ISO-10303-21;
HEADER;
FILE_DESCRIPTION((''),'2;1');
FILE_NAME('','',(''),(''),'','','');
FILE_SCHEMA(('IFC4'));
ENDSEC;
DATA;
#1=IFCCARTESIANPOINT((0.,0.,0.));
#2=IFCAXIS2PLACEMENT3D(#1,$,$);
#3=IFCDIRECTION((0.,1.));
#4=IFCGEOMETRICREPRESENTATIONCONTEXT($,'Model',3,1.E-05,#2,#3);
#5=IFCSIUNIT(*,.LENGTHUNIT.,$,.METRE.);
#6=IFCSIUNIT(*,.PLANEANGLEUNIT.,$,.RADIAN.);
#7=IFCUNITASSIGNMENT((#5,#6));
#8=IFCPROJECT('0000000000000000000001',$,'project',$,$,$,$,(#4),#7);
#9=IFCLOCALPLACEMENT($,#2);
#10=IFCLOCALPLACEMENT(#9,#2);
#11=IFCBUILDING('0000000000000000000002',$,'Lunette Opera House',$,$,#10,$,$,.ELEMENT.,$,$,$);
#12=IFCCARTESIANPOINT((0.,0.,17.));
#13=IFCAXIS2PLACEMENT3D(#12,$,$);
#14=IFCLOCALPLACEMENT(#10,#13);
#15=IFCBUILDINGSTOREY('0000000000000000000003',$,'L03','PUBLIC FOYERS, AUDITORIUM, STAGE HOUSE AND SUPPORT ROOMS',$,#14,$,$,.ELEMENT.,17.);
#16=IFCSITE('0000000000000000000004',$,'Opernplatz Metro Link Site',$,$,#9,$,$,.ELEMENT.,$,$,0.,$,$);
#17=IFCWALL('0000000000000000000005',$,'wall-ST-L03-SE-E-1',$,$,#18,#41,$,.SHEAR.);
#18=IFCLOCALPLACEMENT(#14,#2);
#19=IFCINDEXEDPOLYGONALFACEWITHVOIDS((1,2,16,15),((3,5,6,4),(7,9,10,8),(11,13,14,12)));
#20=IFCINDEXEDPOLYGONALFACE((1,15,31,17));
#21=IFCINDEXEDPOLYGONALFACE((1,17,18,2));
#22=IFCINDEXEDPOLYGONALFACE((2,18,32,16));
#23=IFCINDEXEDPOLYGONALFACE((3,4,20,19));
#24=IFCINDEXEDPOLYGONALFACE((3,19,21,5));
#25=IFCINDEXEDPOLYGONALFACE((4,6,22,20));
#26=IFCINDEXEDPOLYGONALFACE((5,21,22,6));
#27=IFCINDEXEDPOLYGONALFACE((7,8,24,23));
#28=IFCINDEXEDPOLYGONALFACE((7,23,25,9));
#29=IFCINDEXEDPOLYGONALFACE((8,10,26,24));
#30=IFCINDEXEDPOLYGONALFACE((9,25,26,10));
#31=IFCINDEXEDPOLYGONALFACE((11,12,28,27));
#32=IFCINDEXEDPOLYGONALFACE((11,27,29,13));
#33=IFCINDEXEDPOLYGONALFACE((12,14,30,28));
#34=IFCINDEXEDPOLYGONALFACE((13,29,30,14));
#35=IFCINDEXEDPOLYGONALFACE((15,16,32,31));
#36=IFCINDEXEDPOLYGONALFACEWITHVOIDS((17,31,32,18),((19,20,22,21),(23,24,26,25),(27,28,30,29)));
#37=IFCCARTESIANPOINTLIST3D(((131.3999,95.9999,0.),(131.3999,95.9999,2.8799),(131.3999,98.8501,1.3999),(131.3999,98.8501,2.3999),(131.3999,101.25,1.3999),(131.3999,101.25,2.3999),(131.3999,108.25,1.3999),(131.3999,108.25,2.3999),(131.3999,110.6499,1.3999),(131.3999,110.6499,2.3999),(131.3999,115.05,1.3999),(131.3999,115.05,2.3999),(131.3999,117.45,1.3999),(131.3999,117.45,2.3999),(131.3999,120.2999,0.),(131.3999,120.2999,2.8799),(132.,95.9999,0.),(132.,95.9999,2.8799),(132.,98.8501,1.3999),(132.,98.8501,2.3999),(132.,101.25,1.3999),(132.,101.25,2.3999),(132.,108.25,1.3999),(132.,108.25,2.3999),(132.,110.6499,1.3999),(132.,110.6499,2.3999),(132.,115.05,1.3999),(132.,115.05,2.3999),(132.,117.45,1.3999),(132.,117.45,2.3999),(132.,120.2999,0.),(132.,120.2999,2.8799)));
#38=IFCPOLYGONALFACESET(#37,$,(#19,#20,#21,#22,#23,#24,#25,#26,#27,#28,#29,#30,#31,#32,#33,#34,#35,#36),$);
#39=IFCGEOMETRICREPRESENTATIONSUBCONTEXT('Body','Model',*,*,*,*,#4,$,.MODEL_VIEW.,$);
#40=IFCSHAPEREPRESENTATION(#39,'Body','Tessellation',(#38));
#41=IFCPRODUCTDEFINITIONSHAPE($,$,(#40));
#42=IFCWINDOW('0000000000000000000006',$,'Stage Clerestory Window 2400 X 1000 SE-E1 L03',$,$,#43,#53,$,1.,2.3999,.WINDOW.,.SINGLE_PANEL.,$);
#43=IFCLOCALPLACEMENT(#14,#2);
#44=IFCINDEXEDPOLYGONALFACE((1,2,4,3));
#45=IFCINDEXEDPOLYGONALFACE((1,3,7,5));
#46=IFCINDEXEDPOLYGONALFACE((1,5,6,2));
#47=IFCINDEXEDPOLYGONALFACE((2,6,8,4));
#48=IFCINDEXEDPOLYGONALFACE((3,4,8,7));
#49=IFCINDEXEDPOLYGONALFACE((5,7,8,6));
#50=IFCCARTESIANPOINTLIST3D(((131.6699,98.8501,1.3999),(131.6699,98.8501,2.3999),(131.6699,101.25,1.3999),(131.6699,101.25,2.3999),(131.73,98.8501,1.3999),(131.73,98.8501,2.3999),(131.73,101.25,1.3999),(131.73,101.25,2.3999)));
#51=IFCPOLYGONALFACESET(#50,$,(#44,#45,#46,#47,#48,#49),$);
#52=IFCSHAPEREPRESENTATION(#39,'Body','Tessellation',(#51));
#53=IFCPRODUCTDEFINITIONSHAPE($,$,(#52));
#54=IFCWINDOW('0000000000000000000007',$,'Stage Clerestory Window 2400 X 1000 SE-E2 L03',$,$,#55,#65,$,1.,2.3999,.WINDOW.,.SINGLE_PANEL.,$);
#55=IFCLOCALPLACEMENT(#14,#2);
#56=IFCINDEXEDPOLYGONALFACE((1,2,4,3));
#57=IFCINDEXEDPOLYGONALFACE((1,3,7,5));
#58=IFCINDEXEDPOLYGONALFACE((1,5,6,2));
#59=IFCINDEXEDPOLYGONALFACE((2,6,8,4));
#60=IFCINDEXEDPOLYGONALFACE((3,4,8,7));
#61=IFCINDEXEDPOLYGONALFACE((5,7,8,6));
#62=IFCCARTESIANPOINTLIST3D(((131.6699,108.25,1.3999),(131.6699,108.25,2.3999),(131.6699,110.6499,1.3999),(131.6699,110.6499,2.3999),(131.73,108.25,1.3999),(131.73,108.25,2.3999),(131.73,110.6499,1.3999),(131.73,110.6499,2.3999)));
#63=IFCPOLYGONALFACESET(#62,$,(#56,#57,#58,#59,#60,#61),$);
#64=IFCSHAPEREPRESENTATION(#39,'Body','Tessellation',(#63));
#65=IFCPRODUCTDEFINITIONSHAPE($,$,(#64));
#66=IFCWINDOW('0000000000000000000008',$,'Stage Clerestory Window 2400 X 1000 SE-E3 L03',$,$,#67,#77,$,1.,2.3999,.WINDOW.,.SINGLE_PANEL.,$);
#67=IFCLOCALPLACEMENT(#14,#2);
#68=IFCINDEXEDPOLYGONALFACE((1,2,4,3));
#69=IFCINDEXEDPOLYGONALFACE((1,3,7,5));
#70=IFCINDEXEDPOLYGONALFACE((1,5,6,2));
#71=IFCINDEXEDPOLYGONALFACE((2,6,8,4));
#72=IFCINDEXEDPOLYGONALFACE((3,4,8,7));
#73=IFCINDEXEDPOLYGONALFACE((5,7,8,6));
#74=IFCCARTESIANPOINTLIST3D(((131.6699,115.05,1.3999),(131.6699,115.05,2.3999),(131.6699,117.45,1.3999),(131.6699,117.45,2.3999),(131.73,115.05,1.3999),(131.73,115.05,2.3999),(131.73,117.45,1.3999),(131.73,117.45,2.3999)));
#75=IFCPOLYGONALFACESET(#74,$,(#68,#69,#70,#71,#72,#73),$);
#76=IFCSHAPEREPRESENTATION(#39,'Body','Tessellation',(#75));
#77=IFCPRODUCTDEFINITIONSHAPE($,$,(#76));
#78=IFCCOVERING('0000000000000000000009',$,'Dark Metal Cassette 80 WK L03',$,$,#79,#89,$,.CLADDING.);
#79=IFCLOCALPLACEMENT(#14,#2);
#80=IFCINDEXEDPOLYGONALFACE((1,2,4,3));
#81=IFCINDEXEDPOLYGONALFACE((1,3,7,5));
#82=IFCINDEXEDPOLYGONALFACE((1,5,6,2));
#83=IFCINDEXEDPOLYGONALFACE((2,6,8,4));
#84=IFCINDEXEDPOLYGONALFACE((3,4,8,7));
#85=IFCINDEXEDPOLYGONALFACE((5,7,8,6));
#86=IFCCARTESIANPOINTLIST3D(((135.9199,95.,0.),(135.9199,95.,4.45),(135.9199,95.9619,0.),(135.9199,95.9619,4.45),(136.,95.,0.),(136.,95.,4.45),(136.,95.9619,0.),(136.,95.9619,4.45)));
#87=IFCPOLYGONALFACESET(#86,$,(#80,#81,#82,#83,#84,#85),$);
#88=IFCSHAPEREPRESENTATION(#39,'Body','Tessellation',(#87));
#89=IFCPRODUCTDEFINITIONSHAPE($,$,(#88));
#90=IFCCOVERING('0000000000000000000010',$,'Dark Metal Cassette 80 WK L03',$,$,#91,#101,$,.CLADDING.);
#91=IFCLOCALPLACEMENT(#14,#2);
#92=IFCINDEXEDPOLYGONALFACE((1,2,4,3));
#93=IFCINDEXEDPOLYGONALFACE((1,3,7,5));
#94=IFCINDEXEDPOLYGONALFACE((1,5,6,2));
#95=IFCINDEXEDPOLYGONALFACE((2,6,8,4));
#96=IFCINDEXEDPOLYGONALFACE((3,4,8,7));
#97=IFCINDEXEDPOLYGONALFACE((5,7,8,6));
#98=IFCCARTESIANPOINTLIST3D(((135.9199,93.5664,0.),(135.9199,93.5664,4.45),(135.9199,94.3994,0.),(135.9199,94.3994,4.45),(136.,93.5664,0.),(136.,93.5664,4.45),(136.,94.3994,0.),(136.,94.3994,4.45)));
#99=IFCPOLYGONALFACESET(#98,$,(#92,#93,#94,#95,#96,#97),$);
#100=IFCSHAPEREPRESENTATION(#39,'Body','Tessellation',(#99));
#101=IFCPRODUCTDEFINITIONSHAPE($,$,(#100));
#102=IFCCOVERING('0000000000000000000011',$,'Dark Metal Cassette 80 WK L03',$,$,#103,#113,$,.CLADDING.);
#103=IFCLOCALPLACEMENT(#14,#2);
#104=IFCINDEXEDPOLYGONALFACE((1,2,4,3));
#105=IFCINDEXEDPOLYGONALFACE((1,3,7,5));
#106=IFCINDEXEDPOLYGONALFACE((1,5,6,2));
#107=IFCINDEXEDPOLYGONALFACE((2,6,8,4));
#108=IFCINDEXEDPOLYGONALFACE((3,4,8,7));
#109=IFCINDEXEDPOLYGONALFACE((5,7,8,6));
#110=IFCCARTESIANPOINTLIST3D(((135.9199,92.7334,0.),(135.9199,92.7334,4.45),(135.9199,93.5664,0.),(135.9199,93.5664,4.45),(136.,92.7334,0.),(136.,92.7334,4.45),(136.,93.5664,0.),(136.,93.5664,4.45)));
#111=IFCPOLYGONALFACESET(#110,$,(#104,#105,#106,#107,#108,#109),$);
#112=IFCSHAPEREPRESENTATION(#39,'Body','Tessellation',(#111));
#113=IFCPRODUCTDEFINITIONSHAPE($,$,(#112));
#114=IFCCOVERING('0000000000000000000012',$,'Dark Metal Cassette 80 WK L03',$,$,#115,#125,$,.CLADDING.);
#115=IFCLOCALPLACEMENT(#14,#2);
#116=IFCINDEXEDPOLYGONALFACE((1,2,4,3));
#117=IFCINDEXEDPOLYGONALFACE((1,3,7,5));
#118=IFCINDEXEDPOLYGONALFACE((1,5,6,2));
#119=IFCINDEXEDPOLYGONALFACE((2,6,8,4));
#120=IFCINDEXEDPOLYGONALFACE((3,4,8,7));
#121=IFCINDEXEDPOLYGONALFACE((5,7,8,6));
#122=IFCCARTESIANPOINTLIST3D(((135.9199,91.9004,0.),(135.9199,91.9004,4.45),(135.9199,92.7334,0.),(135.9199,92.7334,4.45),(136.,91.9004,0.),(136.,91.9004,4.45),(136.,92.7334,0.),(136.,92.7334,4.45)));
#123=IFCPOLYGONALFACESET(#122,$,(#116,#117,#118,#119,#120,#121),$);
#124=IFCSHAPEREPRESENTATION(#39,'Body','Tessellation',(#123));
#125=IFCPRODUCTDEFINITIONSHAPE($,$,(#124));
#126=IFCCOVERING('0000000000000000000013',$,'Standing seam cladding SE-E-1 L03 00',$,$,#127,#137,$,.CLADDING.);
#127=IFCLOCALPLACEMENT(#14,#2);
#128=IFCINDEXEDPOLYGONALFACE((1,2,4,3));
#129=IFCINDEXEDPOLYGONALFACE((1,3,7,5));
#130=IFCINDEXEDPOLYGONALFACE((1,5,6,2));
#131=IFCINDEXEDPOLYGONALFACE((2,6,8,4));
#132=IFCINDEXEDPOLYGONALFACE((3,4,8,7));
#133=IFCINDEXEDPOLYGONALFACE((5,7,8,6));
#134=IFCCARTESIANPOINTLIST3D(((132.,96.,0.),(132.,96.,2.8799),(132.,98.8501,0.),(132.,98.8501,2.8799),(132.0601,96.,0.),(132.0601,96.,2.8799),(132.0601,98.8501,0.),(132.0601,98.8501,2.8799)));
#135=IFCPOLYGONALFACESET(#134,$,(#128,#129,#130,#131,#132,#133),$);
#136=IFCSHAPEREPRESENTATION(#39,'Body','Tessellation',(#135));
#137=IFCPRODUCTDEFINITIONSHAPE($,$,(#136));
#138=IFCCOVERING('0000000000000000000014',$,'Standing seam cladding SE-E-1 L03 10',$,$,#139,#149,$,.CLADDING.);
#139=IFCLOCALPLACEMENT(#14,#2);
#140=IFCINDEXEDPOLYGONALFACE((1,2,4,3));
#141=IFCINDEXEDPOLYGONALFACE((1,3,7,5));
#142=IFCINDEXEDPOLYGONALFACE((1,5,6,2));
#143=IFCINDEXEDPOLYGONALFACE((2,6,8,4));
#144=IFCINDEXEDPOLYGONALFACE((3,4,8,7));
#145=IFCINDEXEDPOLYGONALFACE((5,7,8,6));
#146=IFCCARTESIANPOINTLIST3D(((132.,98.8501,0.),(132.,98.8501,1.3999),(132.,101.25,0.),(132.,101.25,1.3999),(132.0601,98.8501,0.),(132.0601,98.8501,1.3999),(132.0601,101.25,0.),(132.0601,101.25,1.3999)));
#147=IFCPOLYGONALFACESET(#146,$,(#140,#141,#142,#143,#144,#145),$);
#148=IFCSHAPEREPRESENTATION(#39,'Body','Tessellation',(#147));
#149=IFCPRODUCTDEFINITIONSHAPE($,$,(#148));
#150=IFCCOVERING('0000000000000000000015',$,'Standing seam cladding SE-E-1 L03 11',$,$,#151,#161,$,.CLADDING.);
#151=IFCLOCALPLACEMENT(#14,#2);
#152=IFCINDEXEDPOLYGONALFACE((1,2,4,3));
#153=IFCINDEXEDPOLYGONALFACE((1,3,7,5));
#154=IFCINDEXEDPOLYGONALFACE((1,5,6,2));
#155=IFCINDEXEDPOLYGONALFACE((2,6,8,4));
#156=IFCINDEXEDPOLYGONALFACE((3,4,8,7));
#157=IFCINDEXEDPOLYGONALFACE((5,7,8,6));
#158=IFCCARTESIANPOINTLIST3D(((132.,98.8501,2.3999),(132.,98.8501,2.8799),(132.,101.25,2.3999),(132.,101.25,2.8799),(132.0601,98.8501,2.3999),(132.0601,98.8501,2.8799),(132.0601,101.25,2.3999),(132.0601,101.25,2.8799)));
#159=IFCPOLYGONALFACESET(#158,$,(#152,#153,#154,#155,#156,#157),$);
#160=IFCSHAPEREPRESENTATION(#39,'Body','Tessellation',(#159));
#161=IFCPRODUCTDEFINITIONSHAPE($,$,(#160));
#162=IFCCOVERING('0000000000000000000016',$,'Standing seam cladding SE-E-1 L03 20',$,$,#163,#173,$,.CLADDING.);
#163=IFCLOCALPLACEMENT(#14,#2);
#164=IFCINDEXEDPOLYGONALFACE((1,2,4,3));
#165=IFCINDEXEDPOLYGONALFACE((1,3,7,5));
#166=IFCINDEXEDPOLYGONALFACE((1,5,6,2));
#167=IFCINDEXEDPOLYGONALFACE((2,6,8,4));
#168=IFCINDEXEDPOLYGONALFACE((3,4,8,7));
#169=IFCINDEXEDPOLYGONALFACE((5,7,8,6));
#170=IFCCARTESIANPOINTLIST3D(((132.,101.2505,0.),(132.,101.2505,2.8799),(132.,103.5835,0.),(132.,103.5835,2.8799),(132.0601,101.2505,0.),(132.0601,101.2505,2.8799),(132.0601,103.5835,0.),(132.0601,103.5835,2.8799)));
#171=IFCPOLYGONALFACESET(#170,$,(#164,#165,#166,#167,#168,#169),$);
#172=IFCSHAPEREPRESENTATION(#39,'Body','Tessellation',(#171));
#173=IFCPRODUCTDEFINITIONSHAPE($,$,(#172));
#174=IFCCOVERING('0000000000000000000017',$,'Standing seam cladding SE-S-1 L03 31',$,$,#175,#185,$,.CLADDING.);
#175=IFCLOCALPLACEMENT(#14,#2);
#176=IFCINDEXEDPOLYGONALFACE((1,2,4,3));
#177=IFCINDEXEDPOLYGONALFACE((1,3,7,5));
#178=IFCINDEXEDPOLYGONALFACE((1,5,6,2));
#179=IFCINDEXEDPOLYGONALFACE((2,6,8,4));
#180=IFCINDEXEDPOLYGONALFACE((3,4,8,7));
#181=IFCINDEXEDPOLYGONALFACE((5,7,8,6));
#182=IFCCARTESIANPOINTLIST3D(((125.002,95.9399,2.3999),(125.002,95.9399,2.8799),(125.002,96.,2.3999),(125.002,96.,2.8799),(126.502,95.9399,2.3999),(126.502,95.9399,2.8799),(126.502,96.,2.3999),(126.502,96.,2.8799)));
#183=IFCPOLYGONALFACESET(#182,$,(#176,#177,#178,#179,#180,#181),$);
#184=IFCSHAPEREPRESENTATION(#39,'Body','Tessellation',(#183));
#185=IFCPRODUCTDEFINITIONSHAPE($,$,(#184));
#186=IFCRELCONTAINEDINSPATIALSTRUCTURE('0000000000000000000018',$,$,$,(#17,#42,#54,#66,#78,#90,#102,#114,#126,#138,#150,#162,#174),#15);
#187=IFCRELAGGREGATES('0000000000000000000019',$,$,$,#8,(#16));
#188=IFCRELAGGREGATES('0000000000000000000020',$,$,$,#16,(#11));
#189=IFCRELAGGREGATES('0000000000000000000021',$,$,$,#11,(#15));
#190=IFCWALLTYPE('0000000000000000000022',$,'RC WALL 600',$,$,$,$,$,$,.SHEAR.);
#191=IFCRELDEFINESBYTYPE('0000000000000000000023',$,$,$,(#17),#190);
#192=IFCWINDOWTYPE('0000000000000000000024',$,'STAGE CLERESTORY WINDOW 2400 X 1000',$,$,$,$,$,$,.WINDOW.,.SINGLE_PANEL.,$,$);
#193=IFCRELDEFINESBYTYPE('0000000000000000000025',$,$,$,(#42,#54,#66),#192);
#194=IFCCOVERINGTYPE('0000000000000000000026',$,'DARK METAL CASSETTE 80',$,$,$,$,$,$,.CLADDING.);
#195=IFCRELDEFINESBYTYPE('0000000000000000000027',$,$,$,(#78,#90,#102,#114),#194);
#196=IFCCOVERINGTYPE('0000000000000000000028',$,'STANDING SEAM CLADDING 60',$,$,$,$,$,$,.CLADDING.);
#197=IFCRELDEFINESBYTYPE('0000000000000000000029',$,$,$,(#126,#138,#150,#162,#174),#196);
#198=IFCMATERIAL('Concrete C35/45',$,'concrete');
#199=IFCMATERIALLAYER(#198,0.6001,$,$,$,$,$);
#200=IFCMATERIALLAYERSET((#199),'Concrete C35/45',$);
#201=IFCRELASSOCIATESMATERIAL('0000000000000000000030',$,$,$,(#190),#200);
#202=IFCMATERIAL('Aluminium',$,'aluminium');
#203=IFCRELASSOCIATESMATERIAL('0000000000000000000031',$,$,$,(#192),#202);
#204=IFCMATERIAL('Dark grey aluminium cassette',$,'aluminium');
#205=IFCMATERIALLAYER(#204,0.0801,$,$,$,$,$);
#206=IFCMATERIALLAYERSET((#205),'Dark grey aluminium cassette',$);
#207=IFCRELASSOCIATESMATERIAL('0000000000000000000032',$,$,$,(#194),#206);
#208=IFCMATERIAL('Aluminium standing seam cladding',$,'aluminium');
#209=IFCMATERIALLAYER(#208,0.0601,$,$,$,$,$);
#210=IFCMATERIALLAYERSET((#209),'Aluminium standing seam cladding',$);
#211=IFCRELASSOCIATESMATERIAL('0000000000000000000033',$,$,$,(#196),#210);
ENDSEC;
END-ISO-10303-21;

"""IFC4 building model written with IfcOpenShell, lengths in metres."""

from ifc_helpers import new_model, si_unit, direction, frame, frame_2d, origin, origin_2d, place, context, subcontext, project, spatial, rectangle, extrude, material, layer, layer_set, type_object, element, fill, save


model = new_model("IFC4")

# Units and contexts
model_context = context("Model", 3, precision=1e-05, world=origin(), true_north=direction((0.0, 1.0)))
body_context = subcontext(model_context, "Body", "Model", "MODEL_VIEW")
ifc_project = project(units=[si_unit("LENGTHUNIT", "METRE"), si_unit("PLANEANGLEUNIT", "RADIAN")], contexts=[model_context])

# Site, building, storey
site_placement = place(None, origin())
site = spatial("IfcSite", under=ifc_project, at=site_placement, Name="Opernplatz Metro Link Site", CompositionType="ELEMENT", RefElevation=0.0)
building_placement = place(site_placement, origin())
building = spatial("IfcBuilding", under=site, at=building_placement, Name="Lunette Opera House", CompositionType="ELEMENT")
storey_placement = place(building_placement, frame((0.0, 0.0, 17.0)))
storey = spatial("IfcBuildingStorey", under=building, at=storey_placement, Name="L03", Description="PUBLIC FOYERS, AUDITORIUM, STAGE HOUSE AND SUPPORT ROOMS", CompositionType="ELEMENT", Elevation=17.0)

# Wall, openings, windows
ifc_material_1 = material(Name="Concrete C35/45", Category="concrete")
ifc_layer_1 = layer(ifc_material_1, 0.6001)
ifc_layer_set_1 = layer_set([ifc_layer_1], Name="Concrete C35/45")
wall_type = type_object("IfcWallType", Name="RC WALL 600", PredefinedType="SHEAR", material=ifc_layer_set_1)
wall_placement = place(storey_placement, frame((131.7, 96.0, 0.0), z_axis=(0.0, 0.0, 1.0), x_axis=(0.0, 1.0, 0.0)))
wall = element("IfcWall", 1, at=wall_placement, inside=storey, type_object=wall_type, Name="wall-ST-L03-SE-E-1", PredefinedType="SHEAR", context=body_context, shape_type="SweptSolid", body=[
    extrude(rectangle(XDim=24.3, YDim=0.6001, at=frame_2d((12.1499, 0.0))), origin(), (0.0, 0.0, 1.0), 2.8799),
])
opening_1_placement = place(wall_placement, frame((2.8501, 0.0, 1.3999)))
opening_1 = element("IfcOpeningElement", 2, at=opening_1_placement, cuts=wall, PredefinedType="OPENING", context=body_context, shape_type="SweptSolid", body=[
    extrude(rectangle(XDim=2.3999, YDim=1.0, at=frame_2d((1.2, 0.5))), frame((0.0, 0.312, 0.0), z_axis=(0.0, -1.0, 0.0), x_axis=(1.0, 0.0, 0.0)), (0.0, 0.0, 1.0), 0.624),
])
opening_2_placement = place(wall_placement, frame((12.25, 0.0, 1.3999)))
opening_2 = element("IfcOpeningElement", 3, at=opening_2_placement, cuts=wall, PredefinedType="OPENING", context=body_context, shape_type="SweptSolid", body=[
    extrude(rectangle(XDim=2.3999, YDim=1.0, at=frame_2d((1.2, 0.5))), frame((0.0, 0.312, 0.0), z_axis=(0.0, -1.0, 0.0), x_axis=(1.0, 0.0, 0.0)), (0.0, 0.0, 1.0), 0.624),
])
opening_3_placement = place(wall_placement, frame((19.05, 0.0, 1.3999)))
opening_3 = element("IfcOpeningElement", 4, at=opening_3_placement, cuts=wall, PredefinedType="OPENING", context=body_context, shape_type="SweptSolid", body=[
    extrude(rectangle(XDim=2.3999, YDim=1.0, at=frame_2d((1.2, 0.5))), frame((0.0, 0.312, 0.0), z_axis=(0.0, -1.0, 0.0), x_axis=(1.0, 0.0, 0.0)), (0.0, 0.0, 1.0), 0.624),
])
ifc_material_2 = material(Name="Aluminium", Category="aluminium")
window_type = type_object("IfcWindowType", Name="STAGE CLERESTORY WINDOW 2400 X 1000", PartitioningType="SINGLE_PANEL", PredefinedType="WINDOW", material=ifc_material_2)
window_1_placement = place(opening_1_placement, origin())
window_1 = element("IfcWindow", 5, at=window_1_placement, inside=storey, type_object=window_type, Name="Stage Clerestory Window 2400 X 1000 SE-E1 L03", OverallHeight=1.0, OverallWidth=2.3999, PartitioningType="SINGLE_PANEL", PredefinedType="WINDOW", context=body_context, shape_type="SweptSolid", body=[
    extrude(rectangle(XDim=2.3999, YDim=1.0, at=frame_2d((1.2, 0.5))), frame((0.0, 0.03, 0.0), z_axis=(0.0, -1.0, 0.0), x_axis=(1.0, 0.0, 0.0)), (0.0, 0.0, 1.0), 0.0601),
])
fill(opening_1, window_1)
window_2_placement = place(opening_2_placement, origin())
window_2 = element("IfcWindow", 6, at=window_2_placement, inside=storey, type_object=window_type, Name="Stage Clerestory Window 2400 X 1000 SE-E2 L03", OverallHeight=1.0, OverallWidth=2.3999, PartitioningType="SINGLE_PANEL", PredefinedType="WINDOW", context=body_context, shape_type="SweptSolid", body=[
    extrude(rectangle(XDim=2.3999, YDim=1.0, at=frame_2d((1.2, 0.5))), frame((0.0, 0.03, 0.0), z_axis=(0.0, -1.0, 0.0), x_axis=(1.0, 0.0, 0.0)), (0.0, 0.0, 1.0), 0.0601),
])
fill(opening_2, window_2)
window_3_placement = place(opening_3_placement, origin())
window_3 = element("IfcWindow", 7, at=window_3_placement, inside=storey, type_object=window_type, Name="Stage Clerestory Window 2400 X 1000 SE-E3 L03", OverallHeight=1.0, OverallWidth=2.3999, PartitioningType="SINGLE_PANEL", PredefinedType="WINDOW", context=body_context, shape_type="SweptSolid", body=[
    extrude(rectangle(XDim=2.3999, YDim=1.0, at=frame_2d((1.2, 0.5))), frame((0.0, 0.03, 0.0), z_axis=(0.0, -1.0, 0.0), x_axis=(1.0, 0.0, 0.0)), (0.0, 0.0, 1.0), 0.0601),
])
fill(opening_3, window_3)

# Coverings
ifc_material_3 = material(Name="Dark grey aluminium cassette", Category="aluminium")
ifc_layer_2 = layer(ifc_material_3, 0.0801)
ifc_layer_set_2 = layer_set([ifc_layer_2], Name="Dark grey aluminium cassette")
covering_type_1 = type_object("IfcCoveringType", Name="DARK METAL CASSETTE 80", PredefinedType="CLADDING", material=ifc_layer_set_2)
covering_1_placement = place(storey_placement, frame((135.96, 95.481, 0.0), z_axis=(0.0, 0.0, 1.0), x_axis=(0.0, -1.0, 0.0)))
element("IfcCovering", 8, at=covering_1_placement, inside=storey, type_object=covering_type_1, Name="Dark Metal Cassette 80 WK L03", PredefinedType="CLADDING", context=body_context, shape_type="SweptSolid", body=[
    extrude(rectangle(XDim=0.9619, YDim=0.0801, at=origin_2d()), origin(), (0.0, 0.0, 1.0), 4.45),
])
for number, where, z_axis, x_axis, name in (
    (9, (135.96, 93.9829, 0.0), (0.0, 0.0, 1.0), (0.0, -1.0, 0.0), "Dark Metal Cassette 80 WK L03"),
    (10, (135.96, 93.1499, 0.0), (0.0, 0.0, 1.0), (0.0, -1.0, 0.0), "Dark Metal Cassette 80 WK L03"),
    (11, (135.96, 92.3169, 0.0), (0.0, 0.0, 1.0), (0.0, -1.0, 0.0), "Dark Metal Cassette 80 WK L03"),
):
    element("IfcCovering", number, at=place(storey_placement, frame(where, z_axis=z_axis, x_axis=x_axis)), inside=storey, type_object=covering_type_1, Name=name, PredefinedType="CLADDING", context=body_context, shape_type="SweptSolid", body=[
        extrude(rectangle(XDim=0.833, YDim=0.0801, at=origin_2d()), origin(), (0.0, 0.0, 1.0), 4.45),
    ])
ifc_material_4 = material(Name="Aluminium standing seam cladding", Category="aluminium")
ifc_layer_3 = layer(ifc_material_4, 0.0601)
ifc_layer_set_3 = layer_set([ifc_layer_3], Name="Aluminium standing seam cladding")
covering_type_2 = type_object("IfcCoveringType", Name="STANDING SEAM CLADDING 60", PredefinedType="CLADDING", material=ifc_layer_set_3)
covering_2_placement = place(storey_placement, frame((132.03, 97.425, 0.0), z_axis=(0.0, 0.0, 1.0), x_axis=(0.0, 1.0, 0.0)))
element("IfcCovering", 12, at=covering_2_placement, inside=storey, type_object=covering_type_2, Name="Standing seam cladding SE-E-1 L03 00", PredefinedType="CLADDING", context=body_context, shape_type="SweptSolid", body=[
    extrude(rectangle(XDim=2.8501, YDim=0.0601, at=origin_2d()), origin(), (0.0, 0.0, 1.0), 2.8799),
])
covering_3_placement = place(storey_placement, frame((132.03, 100.05, 0.0), z_axis=(0.0, 0.0, 1.0), x_axis=(0.0, 1.0, 0.0)))
element("IfcCovering", 13, at=covering_3_placement, inside=storey, type_object=covering_type_2, Name="Standing seam cladding SE-E-1 L03 10", PredefinedType="CLADDING", context=body_context, shape_type="SweptSolid", body=[
    extrude(rectangle(XDim=2.3999, YDim=0.0601, at=origin_2d()), origin(), (0.0, 0.0, 1.0), 1.3999),
])
covering_4_placement = place(storey_placement, frame((132.03, 100.05, 2.3999), z_axis=(0.0, 0.0, 1.0), x_axis=(0.0, 1.0, 0.0)))
element("IfcCovering", 14, at=covering_4_placement, inside=storey, type_object=covering_type_2, Name="Standing seam cladding SE-E-1 L03 11", PredefinedType="CLADDING", context=body_context, shape_type="SweptSolid", body=[
    extrude(rectangle(XDim=2.3999, YDim=0.0601, at=origin_2d()), origin(), (0.0, 0.0, 1.0), 0.48),
])
covering_5_placement = place(storey_placement, frame((132.03, 102.417, 0.0), z_axis=(0.0, 0.0, 1.0), x_axis=(0.0, 1.0, 0.0)))
element("IfcCovering", 15, at=covering_5_placement, inside=storey, type_object=covering_type_2, Name="Standing seam cladding SE-E-1 L03 20", PredefinedType="CLADDING", context=body_context, shape_type="SweptSolid", body=[
    extrude(rectangle(XDim=2.333, YDim=0.0601, at=origin_2d()), origin(), (0.0, 0.0, 1.0), 2.8799),
])
covering_6_placement = place(storey_placement, frame((125.752, 95.97, 2.3999), z_axis=(0.0, 0.0, 1.0), x_axis=(1.0, 0.0, 0.0)))
element("IfcCovering", 16, at=covering_6_placement, inside=storey, type_object=covering_type_2, Name="Standing seam cladding SE-S-1 L03 31", PredefinedType="CLADDING", context=body_context, shape_type="SweptSolid", body=[
    extrude(rectangle(XDim=1.5, YDim=0.0601, at=origin_2d()), origin(), (0.0, 0.0, 1.0), 0.48),
])

save(model, "model.ifc")
